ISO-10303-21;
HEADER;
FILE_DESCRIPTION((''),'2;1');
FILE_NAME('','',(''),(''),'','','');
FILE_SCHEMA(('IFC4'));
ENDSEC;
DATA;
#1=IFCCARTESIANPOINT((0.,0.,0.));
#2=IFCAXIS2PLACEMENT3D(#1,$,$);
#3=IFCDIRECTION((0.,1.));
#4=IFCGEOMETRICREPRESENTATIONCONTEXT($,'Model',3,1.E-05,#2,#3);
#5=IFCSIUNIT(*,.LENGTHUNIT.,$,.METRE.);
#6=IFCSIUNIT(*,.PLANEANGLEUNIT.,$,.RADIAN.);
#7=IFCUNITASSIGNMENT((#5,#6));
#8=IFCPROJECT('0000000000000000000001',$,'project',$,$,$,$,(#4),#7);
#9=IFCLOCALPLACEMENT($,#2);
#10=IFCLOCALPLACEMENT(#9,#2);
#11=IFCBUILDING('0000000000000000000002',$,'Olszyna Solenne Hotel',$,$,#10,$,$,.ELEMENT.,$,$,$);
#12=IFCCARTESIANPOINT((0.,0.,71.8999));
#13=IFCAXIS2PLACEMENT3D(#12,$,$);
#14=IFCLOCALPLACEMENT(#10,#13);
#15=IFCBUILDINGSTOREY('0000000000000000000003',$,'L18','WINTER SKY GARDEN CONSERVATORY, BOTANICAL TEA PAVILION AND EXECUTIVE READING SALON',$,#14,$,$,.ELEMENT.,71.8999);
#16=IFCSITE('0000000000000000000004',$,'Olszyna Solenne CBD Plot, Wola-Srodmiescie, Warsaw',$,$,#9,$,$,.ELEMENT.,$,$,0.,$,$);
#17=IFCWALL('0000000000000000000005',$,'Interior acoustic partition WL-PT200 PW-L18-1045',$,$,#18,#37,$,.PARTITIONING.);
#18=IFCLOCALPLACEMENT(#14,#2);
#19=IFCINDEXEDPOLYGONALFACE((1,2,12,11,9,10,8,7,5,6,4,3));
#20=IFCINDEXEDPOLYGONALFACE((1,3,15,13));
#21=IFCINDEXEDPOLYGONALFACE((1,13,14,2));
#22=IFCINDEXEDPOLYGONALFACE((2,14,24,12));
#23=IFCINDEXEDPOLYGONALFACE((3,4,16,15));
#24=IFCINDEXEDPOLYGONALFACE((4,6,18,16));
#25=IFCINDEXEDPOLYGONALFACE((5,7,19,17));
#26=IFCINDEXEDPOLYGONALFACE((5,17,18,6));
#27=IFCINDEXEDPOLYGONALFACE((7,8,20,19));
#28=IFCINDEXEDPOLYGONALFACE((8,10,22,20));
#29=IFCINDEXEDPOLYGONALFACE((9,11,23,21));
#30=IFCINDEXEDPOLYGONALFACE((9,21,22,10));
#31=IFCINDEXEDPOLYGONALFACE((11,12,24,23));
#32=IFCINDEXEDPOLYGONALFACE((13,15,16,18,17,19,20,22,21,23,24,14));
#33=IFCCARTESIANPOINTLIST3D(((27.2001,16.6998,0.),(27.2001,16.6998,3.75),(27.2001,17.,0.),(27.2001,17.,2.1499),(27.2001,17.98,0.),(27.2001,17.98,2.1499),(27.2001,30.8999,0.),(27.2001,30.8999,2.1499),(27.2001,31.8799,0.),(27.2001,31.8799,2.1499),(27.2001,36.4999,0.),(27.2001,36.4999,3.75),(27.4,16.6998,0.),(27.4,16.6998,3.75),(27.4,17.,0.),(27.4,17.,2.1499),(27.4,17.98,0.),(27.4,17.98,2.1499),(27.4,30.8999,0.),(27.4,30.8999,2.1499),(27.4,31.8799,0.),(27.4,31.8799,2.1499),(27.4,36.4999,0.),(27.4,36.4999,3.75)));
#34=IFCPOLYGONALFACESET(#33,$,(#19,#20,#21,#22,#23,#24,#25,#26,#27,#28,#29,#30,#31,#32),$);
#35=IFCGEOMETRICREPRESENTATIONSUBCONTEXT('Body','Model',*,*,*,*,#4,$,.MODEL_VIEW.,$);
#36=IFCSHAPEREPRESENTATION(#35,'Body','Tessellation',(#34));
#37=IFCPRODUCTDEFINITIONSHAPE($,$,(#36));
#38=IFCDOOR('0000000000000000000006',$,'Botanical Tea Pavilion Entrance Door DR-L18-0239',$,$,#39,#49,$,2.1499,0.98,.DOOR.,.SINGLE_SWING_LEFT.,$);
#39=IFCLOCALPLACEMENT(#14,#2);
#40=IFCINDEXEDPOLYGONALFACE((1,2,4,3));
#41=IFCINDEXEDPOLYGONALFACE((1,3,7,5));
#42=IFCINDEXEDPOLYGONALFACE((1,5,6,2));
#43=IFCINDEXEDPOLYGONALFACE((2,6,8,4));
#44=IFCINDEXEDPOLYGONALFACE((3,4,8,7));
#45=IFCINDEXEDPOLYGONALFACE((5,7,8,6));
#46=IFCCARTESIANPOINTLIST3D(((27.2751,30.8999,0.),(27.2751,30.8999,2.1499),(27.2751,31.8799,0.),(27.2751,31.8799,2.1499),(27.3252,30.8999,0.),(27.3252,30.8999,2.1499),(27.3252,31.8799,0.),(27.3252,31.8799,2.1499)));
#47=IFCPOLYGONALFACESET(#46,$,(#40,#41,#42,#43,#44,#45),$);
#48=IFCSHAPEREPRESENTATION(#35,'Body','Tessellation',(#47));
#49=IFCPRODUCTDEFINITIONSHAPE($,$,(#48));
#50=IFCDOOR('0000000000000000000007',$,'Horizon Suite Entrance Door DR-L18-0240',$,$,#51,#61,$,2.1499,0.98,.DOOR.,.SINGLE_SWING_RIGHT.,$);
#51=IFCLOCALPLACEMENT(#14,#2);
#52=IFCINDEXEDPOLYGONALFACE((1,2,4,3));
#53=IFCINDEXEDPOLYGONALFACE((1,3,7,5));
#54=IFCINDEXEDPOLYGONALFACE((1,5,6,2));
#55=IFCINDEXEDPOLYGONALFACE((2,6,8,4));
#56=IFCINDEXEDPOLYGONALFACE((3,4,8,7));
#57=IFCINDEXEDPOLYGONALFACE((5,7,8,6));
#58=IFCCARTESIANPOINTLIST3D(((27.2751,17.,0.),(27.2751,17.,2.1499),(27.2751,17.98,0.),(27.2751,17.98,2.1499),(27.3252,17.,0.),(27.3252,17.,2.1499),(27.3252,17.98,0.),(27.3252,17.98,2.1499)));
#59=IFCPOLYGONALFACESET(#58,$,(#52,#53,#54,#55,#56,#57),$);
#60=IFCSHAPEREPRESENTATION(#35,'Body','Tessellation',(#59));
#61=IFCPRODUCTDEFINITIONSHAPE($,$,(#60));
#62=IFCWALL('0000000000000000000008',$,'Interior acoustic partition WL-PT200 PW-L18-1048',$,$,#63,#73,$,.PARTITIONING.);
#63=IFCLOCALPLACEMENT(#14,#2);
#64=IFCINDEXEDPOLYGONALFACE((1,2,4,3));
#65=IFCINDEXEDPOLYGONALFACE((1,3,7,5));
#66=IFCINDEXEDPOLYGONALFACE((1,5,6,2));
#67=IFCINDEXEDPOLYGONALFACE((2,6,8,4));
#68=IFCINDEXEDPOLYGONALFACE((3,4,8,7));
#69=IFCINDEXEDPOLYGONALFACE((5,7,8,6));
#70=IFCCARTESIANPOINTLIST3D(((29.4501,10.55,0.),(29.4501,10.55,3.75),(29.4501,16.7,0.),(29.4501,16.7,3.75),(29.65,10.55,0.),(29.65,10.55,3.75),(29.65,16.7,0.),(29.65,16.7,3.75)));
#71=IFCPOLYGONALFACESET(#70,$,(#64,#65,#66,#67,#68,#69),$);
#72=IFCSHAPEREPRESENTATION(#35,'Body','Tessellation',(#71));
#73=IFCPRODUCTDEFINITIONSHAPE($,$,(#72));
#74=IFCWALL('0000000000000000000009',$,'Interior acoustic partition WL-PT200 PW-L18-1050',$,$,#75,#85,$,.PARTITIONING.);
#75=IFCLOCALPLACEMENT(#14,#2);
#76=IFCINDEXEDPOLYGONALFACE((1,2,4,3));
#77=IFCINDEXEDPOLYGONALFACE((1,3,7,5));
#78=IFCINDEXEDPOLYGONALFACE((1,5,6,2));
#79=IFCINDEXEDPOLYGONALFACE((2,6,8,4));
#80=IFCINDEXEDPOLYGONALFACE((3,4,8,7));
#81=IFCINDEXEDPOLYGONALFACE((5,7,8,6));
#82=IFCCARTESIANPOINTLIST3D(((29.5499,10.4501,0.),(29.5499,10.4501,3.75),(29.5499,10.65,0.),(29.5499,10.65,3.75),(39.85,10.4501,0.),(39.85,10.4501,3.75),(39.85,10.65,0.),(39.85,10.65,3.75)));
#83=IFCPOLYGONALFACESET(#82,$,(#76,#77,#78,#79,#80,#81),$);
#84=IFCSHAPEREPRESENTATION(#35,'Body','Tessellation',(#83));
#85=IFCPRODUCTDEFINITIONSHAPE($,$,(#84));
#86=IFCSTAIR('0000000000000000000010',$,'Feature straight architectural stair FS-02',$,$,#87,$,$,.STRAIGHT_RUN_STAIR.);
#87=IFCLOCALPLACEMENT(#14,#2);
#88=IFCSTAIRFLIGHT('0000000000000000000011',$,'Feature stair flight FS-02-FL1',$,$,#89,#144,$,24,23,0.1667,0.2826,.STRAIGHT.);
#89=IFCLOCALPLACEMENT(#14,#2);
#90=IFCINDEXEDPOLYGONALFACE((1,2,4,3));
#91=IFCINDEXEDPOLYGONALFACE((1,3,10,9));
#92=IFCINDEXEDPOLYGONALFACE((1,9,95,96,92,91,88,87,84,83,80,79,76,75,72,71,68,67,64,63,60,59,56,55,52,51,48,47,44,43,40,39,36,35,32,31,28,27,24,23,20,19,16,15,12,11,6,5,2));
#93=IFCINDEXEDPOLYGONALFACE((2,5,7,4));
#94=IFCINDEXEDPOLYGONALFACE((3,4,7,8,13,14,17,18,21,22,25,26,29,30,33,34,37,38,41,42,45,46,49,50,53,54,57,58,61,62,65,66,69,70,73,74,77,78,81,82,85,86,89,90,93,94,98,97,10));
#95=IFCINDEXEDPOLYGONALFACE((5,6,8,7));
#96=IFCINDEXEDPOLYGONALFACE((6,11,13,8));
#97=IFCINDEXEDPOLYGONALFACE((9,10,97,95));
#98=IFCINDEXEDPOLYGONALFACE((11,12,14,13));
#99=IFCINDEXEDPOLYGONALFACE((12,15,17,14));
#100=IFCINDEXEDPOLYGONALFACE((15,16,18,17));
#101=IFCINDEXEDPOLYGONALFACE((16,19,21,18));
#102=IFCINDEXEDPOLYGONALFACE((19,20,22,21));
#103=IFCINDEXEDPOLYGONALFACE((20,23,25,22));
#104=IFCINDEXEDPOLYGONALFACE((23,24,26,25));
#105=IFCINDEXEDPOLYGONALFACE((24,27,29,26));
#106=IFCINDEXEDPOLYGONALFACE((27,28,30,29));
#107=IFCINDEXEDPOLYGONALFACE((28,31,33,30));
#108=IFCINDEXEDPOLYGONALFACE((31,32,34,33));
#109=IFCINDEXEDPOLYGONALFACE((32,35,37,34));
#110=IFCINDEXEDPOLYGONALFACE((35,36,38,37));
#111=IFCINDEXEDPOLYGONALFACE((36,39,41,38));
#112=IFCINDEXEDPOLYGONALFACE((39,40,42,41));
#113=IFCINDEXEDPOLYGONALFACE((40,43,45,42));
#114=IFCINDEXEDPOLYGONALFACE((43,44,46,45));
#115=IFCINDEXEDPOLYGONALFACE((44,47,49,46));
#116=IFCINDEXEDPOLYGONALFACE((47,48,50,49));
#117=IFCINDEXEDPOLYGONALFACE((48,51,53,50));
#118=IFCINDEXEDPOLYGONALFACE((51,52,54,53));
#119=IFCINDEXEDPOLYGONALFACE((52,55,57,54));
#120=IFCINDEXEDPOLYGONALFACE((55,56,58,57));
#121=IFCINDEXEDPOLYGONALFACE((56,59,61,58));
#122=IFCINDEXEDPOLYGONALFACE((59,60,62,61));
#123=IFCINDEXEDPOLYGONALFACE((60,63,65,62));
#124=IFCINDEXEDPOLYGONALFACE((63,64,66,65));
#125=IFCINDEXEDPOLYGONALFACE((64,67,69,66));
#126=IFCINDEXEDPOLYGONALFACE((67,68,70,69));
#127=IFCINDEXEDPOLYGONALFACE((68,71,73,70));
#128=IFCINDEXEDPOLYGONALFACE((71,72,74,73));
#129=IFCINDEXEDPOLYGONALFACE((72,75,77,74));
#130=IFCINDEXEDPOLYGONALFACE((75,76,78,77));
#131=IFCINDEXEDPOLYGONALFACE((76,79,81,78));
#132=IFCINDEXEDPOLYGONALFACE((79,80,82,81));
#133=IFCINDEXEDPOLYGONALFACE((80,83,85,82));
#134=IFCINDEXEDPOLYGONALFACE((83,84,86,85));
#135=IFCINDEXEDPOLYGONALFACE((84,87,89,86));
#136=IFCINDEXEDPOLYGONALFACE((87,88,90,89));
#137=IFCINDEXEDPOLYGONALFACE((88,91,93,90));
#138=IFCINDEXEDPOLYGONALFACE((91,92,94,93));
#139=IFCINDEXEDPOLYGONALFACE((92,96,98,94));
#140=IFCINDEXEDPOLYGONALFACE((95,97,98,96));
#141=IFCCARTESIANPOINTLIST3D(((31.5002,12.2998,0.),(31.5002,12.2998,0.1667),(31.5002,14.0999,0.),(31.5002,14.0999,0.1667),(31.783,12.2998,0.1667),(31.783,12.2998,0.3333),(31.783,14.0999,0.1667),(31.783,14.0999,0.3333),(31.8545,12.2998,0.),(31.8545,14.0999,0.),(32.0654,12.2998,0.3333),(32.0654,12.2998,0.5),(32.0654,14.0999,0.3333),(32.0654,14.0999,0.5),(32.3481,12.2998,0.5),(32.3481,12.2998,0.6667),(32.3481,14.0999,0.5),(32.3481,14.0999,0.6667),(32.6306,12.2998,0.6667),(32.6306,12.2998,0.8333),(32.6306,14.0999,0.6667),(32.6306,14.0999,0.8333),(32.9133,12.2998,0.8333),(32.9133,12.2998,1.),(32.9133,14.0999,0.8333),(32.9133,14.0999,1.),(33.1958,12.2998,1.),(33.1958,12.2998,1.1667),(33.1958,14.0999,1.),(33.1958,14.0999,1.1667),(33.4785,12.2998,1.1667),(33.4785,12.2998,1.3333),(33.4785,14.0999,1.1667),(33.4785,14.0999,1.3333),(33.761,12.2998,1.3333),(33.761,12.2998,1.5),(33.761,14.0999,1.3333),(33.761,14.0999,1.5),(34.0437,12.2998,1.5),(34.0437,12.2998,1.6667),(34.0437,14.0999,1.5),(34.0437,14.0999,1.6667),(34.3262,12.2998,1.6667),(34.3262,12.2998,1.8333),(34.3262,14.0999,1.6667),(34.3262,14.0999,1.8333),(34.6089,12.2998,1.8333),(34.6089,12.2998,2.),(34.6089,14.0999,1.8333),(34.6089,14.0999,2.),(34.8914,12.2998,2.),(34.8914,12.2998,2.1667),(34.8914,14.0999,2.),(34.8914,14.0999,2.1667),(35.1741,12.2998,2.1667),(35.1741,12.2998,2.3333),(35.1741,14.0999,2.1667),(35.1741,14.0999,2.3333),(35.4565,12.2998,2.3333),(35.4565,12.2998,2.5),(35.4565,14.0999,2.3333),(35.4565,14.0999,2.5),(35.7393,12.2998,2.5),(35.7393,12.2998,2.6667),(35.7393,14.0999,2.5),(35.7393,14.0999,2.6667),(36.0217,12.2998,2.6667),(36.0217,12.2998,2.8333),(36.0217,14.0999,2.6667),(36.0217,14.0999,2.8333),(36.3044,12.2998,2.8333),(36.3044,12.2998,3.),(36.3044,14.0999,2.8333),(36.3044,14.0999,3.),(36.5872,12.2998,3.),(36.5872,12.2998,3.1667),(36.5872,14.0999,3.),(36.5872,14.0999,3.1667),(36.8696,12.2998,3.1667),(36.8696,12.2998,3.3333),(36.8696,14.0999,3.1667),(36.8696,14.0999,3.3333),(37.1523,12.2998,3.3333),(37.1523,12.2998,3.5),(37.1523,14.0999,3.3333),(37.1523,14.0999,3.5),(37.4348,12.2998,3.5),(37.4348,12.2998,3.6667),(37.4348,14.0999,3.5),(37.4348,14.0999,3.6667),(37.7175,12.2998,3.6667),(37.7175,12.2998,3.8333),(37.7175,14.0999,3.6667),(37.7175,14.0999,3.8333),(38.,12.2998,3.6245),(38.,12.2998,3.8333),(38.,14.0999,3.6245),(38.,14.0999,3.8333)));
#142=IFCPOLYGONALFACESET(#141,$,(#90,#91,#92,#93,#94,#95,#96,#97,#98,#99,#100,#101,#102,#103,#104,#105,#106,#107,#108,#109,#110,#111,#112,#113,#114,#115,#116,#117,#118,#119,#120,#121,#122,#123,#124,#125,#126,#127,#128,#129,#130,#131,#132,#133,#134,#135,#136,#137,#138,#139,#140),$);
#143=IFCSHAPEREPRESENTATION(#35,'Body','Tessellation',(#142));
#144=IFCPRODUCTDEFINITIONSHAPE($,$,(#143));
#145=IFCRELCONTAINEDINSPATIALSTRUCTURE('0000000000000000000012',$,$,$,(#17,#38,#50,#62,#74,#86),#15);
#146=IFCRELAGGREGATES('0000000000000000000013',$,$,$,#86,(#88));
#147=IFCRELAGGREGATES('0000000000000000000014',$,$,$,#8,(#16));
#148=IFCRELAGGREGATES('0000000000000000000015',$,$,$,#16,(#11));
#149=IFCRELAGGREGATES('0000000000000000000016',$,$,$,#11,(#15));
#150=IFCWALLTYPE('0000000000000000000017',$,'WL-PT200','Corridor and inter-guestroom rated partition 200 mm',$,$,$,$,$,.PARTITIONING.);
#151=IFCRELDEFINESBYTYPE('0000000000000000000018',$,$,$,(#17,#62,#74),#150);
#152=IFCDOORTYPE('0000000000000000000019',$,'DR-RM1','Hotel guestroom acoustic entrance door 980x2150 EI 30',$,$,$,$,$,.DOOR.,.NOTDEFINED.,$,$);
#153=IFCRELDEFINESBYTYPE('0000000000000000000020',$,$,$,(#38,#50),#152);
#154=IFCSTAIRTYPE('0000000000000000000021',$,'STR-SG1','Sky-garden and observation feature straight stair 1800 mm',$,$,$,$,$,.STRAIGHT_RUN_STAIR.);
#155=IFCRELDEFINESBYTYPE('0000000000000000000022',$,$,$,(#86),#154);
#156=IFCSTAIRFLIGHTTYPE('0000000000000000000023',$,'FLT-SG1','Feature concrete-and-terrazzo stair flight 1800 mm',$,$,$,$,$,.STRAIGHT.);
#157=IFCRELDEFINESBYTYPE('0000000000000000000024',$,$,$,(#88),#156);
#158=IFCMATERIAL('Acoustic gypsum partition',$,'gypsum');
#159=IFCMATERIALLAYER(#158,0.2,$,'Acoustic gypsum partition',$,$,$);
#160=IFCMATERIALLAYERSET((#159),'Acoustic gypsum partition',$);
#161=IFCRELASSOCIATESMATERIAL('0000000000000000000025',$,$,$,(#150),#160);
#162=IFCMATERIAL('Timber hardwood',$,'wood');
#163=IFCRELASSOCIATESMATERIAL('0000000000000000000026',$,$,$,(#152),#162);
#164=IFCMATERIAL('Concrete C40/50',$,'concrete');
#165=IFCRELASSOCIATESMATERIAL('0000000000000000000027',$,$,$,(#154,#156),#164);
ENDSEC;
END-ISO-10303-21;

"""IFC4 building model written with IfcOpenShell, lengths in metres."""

from ifc_helpers import new_model, si_unit, direction, frame, frame_2d, origin, place, context, subcontext, project, spatial, polyline, rectangle, outline, extrude, source, transform, mapped, material, layer, layer_set, type_object, type_shapes, element, fill, aggregate, save


model = new_model("IFC4")

# Units and contexts
model_context = context("Model", 3, precision=1e-05, world=origin(), true_north=direction((0.0, 1.0)))
body_context = subcontext(model_context, "Body", "Model", "MODEL_VIEW")
ifc_project = project(units=[si_unit("LENGTHUNIT", "METRE"), si_unit("PLANEANGLEUNIT", "RADIAN")], contexts=[model_context])

# Site, building, storey
site_placement = place(None, origin())
site = spatial("IfcSite", under=ifc_project, at=site_placement, Name="Olszyna Solenne CBD Plot, Wola-Srodmiescie, Warsaw", CompositionType="ELEMENT", RefElevation=0.0)
building_placement = place(site_placement, origin())
building = spatial("IfcBuilding", under=site, at=building_placement, Name="Olszyna Solenne Hotel", CompositionType="ELEMENT")
storey_placement = place(building_placement, frame((0.0, 0.0, 71.8999)))
storey = spatial("IfcBuildingStorey", under=building, at=storey_placement, Name="L18", Description="WINTER SKY GARDEN CONSERVATORY, BOTANICAL TEA PAVILION AND EXECUTIVE READING SALON", CompositionType="ELEMENT", Elevation=71.8999)

# Shared definitions
ifc_material_1 = material(Name="Timber hardwood", Category="wood")
ifc_material_2 = material(Name="Acoustic gypsum partition", Category="gypsum")

# Shared definitions
ifc_layer_1 = layer(ifc_material_2, 0.2, Name="Acoustic gypsum partition")
ifc_layer_set_1 = layer_set([ifc_layer_1], Name="Acoustic gypsum partition")
wall_type_1 = type_object("IfcWallType", Name="WL-PT200", Description="Corridor and inter-guestroom rated partition 200 mm", PredefinedType="PARTITIONING", material=ifc_layer_set_1)

# Wall, openings, doors
wall_1_placement = place(storey_placement, frame((27.3, 16.7, 0.0), z_axis=(0.0, 0.0, 1.0), x_axis=(0.0, 1.0, 0.0)))
wall_1 = element("IfcWall", 1, at=wall_1_placement, inside=storey, type_object=wall_type_1, Name="Interior acoustic partition WL-PT200 PW-L18-1045", PredefinedType="PARTITIONING", context=body_context, shape_type="SweptSolid", body=[
    extrude(rectangle(XDim=19.8, YDim=0.2, at=frame_2d((9.8999, 0.0))), origin(), (0.0, 0.0, 1.0), 3.75),
])
opening_1_placement = place(wall_1_placement, frame((14.2, 0.0, 0.0)))
opening_1 = element("IfcOpeningElement", 2, at=opening_1_placement, cuts=wall_1, PredefinedType="OPENING", context=body_context, shape_type="SweptSolid", body=[
    extrude(rectangle(XDim=0.98, YDim=2.1499, at=frame_2d((0.49, 1.075))), frame((0.0, 0.1099, 0.0), z_axis=(0.0, -1.0, 0.0), x_axis=(1.0, 0.0, 0.0)), (0.0, 0.0, 1.0), 0.22),
])
opening_2_placement = place(wall_1_placement, frame((0.3, 0.0, 0.0)))
opening_2 = element("IfcOpeningElement", 3, at=opening_2_placement, cuts=wall_1, PredefinedType="OPENING", context=body_context, shape_type="SweptSolid", body=[
    extrude(rectangle(XDim=0.98, YDim=2.1499, at=frame_2d((0.49, 1.075))), frame((0.0, 0.1099, 0.0), z_axis=(0.0, -1.0, 0.0), x_axis=(1.0, 0.0, 0.0)), (0.0, 0.0, 1.0), 0.22),
])
door_type_1 = type_object("IfcDoorType", Name="DR-RM1", Description="Hotel guestroom acoustic entrance door 980x2150 EI 30", OperationType="NOTDEFINED", PredefinedType="DOOR", material=ifc_material_1)
shared_shape_1 = source(origin(), body_context, "Body", "SweptSolid", [
    extrude(rectangle(XDim=0.98, YDim=2.1499, at=frame_2d((0.49, 1.075))), frame((0.0, 0.0249, 0.0), z_axis=(0.0, -1.0, 0.0), x_axis=(1.0, 0.0, 0.0)), (0.0, 0.0, 1.0), 0.05),
])
type_shapes(door_type_1, [shared_shape_1])
door_1_placement = place(opening_1_placement, origin())
door_1 = element("IfcDoor", 4, at=door_1_placement, inside=storey, type_object=door_type_1, Name="Botanical Tea Pavilion Entrance Door DR-L18-0239", OperationType="SINGLE_SWING_LEFT", OverallHeight=2.1499, OverallWidth=0.98, PredefinedType="DOOR", context=body_context, shape_type="MappedRepresentation", body=[
    mapped(shared_shape_1, transform((0.0, 0.0, 0.0), x_axis=(1.0, 0.0, 0.0), y_axis=(0.0, 1.0, 0.0), z_axis=(0.0, 0.0, 1.0), scale=1.0)),
])
fill(opening_1, door_1)
door_2_placement = place(opening_2_placement, origin())
door_2 = element("IfcDoor", 5, at=door_2_placement, inside=storey, type_object=door_type_1, Name="Horizon Suite Entrance Door DR-L18-0240", OperationType="SINGLE_SWING_RIGHT", OverallHeight=2.1499, OverallWidth=0.98, PredefinedType="DOOR", context=body_context, shape_type="MappedRepresentation", body=[
    mapped(shared_shape_1, transform((0.0, 0.0, 0.0), x_axis=(1.0, 0.0, 0.0), y_axis=(0.0, 1.0, 0.0), z_axis=(0.0, 0.0, 1.0), scale=1.0)),
])
fill(opening_2, door_2)

# Walls
wall_2_placement = place(storey_placement, frame((29.55, 10.55, 0.0), z_axis=(0.0, 0.0, 1.0), x_axis=(0.0, 1.0, 0.0)))
element("IfcWall", 6, at=wall_2_placement, inside=storey, type_object=wall_type_1, Name="Interior acoustic partition WL-PT200 PW-L18-1048", PredefinedType="PARTITIONING", context=body_context, shape_type="SweptSolid", body=[
    extrude(rectangle(XDim=6.1499, YDim=0.2, at=frame_2d((3.075, 0.0))), origin(), (0.0, 0.0, 1.0), 3.75),
])
wall_3_placement = place(storey_placement, frame((29.55, 10.55, 0.0), z_axis=(0.0, 0.0, 1.0), x_axis=(1.0, 0.0, 0.0)))
element("IfcWall", 7, at=wall_3_placement, inside=storey, type_object=wall_type_1, Name="Interior acoustic partition WL-PT200 PW-L18-1050", PredefinedType="PARTITIONING", context=body_context, shape_type="SweptSolid", body=[
    extrude(rectangle(XDim=10.3, YDim=0.2, at=frame_2d((5.1499, 0.0))), origin(), (0.0, 0.0, 1.0), 3.75),
])

# Stair, stair flight
ifc_material_3 = material(Name="Concrete C40/50", Category="concrete")
stair_type = type_object("IfcStairType", Name="STR-SG1", Description="Sky-garden and observation feature straight stair 1800 mm", PredefinedType="STRAIGHT_RUN_STAIR", material=ifc_material_3)
stair_placement = place(storey_placement, origin())
stair = element("IfcStair", 8, at=stair_placement, inside=storey, type_object=stair_type, Name="Feature straight architectural stair FS-02", PredefinedType="STRAIGHT_RUN_STAIR")
stair_flight_type = type_object("IfcStairFlightType", Name="FLT-SG1", Description="Feature concrete-and-terrazzo stair flight 1800 mm", PredefinedType="STRAIGHT", material=ifc_material_3)
stair_flight_placement = place(storey_placement, frame((31.5002, 13.2, 0.0), z_axis=(0.0, 0.0, 1.0), x_axis=(1.0, 0.0, 0.0)))
stair_flight = element("IfcStairFlight", 9, at=stair_flight_placement, type_object=stair_flight_type, Name="Feature stair flight FS-02-FL1", NumberOfRisers=24, NumberOfTreads=23, PredefinedType="STRAIGHT", RiserHeight=0.1667, TreadLength=0.2826, context=body_context, shape_type="SweptSolid", body=[
    extrude(outline(polyline([(0.0, 0.0), (0.0, 0.1667), (0.2827, 0.1667), (0.2827, 0.3333), (0.5652, 0.3333), (0.5652, 0.5), (0.8479, 0.5), (0.8479, 0.6667), (1.1304, 0.6667), (1.1304, 0.8333), (1.4131, 0.8333), (1.4131, 1.0), (1.6956, 1.0), (1.6956, 1.1667), (1.9783, 1.1667), (1.9783, 1.3333), (2.2607, 1.3333), (2.2607, 1.5), (2.5435, 1.5), (2.5435, 1.6667), (2.8259, 1.6667), (2.8259, 1.8333), (3.1086, 1.8333), (3.1086, 2.0), (3.3911, 2.0), (3.3911, 2.1667), (3.6738, 2.1667), (3.6738, 2.3333), (3.9563, 2.3333), (3.9563, 2.5), (4.239, 2.5), (4.239, 2.6667), (4.5215, 2.6667), (4.5215, 2.8333), (4.8042, 2.8333), (4.8042, 3.0), (5.0869, 3.0), (5.0869, 3.1667), (5.3694, 3.1667), (5.3694, 3.3333), (5.6521, 3.3333), (5.6521, 3.5), (5.9346, 3.5), (5.9346, 3.6667), (6.2173, 3.6667), (6.2173, 3.8333), (6.4998, 3.8333), (6.4998, 4.0), (6.4998, 3.6245), (0.3542, 0.0), (0.0, 0.0)])), frame((0.0, 0.8999, 0.0), z_axis=(0.0, -1.0, 0.0), x_axis=(1.0, 0.0, 0.0)), (0.0, 0.0, 1.0), 1.8),
])
aggregate(stair, [stair_flight])

save(model, "model.ifc")
